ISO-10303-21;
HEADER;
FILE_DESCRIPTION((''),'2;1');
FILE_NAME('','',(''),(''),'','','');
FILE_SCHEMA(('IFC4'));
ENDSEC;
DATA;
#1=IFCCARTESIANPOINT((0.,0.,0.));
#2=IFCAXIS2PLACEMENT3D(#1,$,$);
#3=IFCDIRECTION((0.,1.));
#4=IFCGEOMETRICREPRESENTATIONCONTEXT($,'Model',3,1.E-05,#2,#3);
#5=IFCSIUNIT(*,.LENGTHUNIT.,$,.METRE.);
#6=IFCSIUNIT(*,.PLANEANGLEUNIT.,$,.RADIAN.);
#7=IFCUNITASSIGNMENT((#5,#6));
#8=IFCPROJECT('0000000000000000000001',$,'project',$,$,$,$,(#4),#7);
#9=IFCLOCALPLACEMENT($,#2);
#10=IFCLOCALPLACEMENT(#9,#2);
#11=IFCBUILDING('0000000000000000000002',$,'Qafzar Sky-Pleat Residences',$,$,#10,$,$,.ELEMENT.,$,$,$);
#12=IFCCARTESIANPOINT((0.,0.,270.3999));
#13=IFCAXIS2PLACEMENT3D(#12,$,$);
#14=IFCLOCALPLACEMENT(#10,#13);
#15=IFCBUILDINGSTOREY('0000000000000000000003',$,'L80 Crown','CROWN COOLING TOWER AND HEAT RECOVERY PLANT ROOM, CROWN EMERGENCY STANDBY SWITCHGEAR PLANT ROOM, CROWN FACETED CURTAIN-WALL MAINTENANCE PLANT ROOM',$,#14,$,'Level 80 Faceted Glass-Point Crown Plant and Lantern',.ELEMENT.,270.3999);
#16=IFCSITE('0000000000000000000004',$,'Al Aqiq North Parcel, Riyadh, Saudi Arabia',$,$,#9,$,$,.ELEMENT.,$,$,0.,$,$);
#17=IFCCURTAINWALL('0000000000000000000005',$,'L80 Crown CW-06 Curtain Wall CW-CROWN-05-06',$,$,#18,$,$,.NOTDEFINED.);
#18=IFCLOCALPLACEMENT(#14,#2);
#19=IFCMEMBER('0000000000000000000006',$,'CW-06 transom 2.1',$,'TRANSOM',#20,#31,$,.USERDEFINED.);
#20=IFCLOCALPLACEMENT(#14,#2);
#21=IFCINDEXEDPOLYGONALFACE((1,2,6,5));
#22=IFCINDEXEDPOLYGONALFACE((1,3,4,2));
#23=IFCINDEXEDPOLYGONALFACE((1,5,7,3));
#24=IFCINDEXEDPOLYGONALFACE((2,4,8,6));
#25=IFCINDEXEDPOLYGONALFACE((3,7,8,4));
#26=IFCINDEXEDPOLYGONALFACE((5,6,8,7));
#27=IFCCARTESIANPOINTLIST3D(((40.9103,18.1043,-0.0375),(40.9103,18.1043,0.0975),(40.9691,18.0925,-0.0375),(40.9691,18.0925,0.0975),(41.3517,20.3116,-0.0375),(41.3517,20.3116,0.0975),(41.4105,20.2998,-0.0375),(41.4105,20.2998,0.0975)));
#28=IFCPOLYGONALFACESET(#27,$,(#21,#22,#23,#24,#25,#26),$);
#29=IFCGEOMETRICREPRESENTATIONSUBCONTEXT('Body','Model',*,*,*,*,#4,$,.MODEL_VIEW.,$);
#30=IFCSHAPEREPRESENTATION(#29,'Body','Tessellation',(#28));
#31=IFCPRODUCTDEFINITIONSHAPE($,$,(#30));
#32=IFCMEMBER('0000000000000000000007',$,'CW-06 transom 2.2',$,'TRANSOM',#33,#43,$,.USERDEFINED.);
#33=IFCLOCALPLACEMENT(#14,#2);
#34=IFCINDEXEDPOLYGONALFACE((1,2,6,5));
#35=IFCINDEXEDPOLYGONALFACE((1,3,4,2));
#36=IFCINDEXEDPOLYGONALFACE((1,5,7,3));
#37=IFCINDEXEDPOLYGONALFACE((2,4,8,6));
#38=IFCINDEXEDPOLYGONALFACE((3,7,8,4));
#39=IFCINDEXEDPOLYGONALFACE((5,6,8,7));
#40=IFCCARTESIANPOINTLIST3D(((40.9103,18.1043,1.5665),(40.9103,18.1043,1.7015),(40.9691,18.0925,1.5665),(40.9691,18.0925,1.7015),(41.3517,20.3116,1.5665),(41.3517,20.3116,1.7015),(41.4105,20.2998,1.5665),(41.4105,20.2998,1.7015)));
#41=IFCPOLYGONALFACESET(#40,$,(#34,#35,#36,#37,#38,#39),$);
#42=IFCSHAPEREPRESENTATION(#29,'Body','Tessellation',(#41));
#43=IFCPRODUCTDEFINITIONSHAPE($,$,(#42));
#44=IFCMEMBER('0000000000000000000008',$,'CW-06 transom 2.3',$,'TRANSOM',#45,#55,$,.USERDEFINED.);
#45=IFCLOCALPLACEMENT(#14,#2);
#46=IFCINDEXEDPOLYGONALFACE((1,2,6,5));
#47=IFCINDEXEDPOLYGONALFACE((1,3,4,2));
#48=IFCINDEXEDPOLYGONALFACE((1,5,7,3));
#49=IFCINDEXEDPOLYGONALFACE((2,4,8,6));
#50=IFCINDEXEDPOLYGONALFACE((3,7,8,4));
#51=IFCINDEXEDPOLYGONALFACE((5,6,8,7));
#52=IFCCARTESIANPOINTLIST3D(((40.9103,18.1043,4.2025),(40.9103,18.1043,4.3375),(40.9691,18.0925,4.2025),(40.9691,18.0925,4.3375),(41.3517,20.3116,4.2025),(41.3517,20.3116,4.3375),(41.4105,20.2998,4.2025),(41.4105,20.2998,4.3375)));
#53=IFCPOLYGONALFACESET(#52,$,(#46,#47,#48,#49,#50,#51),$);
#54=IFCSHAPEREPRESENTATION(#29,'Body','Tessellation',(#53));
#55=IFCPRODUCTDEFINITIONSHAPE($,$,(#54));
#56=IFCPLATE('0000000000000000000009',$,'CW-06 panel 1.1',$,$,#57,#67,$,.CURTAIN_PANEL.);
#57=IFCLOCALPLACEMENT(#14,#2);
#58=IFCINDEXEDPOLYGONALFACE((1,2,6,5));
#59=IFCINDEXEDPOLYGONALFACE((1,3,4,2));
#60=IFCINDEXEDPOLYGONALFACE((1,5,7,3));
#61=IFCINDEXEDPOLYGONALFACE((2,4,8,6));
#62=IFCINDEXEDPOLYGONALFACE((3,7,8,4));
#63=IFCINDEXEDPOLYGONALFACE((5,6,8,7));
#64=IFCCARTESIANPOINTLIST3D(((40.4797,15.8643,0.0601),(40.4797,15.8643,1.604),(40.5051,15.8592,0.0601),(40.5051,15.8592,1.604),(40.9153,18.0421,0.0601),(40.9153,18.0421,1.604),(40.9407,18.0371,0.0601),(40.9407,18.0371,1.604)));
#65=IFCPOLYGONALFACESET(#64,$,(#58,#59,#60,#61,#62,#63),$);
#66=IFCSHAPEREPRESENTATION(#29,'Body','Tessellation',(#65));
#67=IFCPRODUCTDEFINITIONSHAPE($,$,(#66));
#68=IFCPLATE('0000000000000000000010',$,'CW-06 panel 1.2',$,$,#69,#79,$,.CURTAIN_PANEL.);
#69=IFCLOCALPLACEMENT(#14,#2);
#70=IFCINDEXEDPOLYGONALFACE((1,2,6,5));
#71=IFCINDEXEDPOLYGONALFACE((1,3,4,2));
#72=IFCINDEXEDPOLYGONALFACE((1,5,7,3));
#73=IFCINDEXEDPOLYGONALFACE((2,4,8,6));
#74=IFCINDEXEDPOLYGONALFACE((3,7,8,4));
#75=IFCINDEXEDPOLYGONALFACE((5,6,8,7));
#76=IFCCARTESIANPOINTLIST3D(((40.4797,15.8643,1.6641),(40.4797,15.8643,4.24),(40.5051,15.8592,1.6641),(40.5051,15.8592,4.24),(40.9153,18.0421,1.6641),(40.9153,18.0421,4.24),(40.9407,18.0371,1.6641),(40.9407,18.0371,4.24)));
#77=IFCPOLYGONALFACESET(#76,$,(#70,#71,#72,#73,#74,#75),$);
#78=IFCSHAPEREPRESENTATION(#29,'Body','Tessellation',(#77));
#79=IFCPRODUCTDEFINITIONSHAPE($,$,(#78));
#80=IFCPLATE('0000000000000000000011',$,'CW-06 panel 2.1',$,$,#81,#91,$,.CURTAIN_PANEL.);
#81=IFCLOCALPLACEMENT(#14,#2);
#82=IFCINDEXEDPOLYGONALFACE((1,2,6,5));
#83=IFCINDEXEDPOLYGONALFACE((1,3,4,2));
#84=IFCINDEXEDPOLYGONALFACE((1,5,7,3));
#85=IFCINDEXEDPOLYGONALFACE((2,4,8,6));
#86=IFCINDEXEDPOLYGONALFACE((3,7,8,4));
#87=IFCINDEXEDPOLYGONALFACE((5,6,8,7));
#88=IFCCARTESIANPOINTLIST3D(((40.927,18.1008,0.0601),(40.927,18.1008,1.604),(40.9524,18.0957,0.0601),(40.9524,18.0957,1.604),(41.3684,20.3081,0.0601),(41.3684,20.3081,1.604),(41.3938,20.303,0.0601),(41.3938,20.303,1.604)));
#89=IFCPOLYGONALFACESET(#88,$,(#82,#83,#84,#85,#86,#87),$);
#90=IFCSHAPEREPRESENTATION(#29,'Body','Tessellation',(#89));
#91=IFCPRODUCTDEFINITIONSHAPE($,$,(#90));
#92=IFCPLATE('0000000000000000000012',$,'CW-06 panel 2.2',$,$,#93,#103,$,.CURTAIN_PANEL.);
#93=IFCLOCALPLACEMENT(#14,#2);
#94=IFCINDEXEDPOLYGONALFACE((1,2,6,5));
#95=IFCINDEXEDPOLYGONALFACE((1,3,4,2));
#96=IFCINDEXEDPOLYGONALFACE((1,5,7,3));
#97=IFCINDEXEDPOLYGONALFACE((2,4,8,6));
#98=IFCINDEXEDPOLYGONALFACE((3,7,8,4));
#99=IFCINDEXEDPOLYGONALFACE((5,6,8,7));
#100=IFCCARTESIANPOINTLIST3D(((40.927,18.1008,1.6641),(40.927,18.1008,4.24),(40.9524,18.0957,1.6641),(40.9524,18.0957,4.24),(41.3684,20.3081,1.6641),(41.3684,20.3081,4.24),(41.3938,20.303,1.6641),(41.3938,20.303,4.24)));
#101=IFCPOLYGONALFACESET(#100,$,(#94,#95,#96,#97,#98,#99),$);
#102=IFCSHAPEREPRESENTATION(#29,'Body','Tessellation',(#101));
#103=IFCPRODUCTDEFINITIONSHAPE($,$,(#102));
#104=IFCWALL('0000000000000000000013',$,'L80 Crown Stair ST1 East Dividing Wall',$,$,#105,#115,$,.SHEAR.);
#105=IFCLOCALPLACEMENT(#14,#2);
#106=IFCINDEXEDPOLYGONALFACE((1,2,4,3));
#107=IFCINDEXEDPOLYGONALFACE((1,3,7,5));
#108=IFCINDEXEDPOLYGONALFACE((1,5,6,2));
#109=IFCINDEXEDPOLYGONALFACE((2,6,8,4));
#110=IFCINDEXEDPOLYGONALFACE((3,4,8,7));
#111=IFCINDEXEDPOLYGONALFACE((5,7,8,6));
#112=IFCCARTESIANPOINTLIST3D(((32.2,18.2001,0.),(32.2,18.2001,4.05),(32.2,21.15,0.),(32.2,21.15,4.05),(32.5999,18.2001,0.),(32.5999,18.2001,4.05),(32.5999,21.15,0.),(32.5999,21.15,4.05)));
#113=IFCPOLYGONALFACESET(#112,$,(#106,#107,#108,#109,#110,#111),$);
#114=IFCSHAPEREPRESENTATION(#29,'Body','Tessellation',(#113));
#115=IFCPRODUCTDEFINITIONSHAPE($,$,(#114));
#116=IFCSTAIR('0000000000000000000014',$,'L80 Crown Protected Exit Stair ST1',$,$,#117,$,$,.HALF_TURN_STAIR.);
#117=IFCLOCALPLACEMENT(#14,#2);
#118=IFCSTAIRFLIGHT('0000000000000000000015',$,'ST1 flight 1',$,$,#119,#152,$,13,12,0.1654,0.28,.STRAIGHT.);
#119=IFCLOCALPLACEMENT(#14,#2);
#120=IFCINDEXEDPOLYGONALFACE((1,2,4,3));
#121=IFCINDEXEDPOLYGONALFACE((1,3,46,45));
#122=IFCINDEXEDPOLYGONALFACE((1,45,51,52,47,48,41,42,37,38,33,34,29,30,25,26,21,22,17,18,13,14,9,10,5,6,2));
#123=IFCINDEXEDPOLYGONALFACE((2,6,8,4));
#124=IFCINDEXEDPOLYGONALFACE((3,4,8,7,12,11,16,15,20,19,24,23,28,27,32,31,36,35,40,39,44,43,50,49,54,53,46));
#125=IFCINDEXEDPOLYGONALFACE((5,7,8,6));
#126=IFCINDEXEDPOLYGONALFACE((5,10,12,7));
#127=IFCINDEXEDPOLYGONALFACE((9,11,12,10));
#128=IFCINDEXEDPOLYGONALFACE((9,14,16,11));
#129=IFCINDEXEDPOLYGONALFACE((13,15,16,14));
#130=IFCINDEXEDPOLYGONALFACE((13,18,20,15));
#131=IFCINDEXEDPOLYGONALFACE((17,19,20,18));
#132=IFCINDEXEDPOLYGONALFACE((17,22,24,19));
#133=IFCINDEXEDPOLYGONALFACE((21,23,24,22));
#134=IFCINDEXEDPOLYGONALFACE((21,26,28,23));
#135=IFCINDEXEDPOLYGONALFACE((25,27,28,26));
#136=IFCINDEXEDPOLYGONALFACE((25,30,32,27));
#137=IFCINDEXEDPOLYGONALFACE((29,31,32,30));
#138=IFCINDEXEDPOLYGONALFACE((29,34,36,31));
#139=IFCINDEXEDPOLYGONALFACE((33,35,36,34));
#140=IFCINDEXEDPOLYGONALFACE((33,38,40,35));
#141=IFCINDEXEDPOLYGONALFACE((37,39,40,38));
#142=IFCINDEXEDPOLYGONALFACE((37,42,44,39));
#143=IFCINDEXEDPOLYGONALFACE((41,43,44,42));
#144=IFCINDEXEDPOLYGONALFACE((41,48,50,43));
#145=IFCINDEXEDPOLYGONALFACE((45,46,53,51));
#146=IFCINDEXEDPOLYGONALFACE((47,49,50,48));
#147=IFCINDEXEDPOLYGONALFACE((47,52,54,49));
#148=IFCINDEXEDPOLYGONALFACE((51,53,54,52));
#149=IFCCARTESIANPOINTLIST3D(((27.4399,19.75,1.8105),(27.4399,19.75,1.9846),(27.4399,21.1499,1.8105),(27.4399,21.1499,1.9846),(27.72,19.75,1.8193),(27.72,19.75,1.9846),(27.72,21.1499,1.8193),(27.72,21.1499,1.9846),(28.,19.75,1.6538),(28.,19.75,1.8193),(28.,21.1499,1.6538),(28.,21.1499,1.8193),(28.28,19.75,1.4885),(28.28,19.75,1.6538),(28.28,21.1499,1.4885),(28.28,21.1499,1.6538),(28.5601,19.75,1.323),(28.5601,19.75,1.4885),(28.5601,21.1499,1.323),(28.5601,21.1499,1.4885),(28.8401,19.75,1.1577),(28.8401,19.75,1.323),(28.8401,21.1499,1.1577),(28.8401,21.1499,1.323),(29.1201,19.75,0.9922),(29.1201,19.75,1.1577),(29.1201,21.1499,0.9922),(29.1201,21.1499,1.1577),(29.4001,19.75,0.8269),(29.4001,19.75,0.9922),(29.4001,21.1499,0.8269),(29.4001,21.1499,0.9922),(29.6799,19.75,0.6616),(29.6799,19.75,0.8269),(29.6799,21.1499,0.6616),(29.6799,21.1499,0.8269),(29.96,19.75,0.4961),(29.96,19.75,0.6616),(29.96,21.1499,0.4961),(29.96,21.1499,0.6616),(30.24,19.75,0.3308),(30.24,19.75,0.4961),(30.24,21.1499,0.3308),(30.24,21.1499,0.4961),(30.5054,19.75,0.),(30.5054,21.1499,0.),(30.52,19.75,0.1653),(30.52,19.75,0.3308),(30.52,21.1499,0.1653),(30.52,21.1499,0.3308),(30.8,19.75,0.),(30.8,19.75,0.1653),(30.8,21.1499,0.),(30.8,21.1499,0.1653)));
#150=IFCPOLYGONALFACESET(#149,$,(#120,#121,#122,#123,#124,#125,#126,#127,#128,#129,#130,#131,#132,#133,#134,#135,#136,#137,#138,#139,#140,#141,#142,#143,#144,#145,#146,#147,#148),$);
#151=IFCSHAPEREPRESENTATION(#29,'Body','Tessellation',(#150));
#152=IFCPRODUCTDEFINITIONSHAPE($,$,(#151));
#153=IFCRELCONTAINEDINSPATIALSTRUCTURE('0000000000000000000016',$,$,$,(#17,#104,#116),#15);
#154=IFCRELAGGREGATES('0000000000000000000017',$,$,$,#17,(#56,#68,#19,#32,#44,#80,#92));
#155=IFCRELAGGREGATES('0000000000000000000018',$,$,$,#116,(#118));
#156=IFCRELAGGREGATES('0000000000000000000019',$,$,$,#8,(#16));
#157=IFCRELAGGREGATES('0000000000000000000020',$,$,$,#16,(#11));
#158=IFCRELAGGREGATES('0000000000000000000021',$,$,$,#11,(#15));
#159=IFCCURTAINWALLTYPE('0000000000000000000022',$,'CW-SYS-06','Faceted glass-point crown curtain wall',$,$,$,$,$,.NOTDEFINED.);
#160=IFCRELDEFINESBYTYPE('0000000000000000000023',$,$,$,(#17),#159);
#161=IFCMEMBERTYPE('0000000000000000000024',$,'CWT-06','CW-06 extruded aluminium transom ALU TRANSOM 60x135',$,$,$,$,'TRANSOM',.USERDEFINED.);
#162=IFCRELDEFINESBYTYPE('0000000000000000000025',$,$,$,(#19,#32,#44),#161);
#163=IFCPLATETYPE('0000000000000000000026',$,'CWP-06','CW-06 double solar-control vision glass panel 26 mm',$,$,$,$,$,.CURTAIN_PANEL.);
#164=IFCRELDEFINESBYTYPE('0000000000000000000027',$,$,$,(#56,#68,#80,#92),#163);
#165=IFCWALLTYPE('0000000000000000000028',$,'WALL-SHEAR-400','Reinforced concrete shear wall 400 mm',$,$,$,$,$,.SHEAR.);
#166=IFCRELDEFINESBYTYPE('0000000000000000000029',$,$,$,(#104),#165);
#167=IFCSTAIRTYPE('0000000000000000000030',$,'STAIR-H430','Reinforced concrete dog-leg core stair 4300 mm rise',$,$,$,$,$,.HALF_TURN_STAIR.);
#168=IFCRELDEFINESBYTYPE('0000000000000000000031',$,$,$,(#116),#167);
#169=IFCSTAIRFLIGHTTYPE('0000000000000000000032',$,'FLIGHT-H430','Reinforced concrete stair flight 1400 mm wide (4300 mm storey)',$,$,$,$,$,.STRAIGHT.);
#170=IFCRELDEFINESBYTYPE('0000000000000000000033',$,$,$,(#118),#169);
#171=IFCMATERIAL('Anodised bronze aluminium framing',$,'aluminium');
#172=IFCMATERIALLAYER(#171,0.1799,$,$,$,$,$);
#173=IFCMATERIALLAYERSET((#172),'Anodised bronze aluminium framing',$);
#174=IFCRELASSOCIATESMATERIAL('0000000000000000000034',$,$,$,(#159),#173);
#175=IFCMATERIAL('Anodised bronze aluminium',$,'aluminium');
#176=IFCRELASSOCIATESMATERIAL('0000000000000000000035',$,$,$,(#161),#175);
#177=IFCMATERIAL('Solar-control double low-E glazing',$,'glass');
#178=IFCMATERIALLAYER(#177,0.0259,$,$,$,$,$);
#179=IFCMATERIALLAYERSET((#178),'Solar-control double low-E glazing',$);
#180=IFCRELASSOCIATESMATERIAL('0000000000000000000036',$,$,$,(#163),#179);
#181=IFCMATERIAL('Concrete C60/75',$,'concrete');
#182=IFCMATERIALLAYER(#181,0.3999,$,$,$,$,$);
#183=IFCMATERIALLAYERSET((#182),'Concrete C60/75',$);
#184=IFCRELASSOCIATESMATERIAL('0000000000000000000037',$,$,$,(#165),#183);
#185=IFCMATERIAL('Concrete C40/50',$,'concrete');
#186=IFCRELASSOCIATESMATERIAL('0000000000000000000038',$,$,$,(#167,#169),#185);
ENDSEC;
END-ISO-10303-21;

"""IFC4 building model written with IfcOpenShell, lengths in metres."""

from ifc_helpers import new_model, si_unit, direction, frame, frame_2d, origin, origin_2d, place, context, subcontext, project, spatial, polyline, rectangle, outline, extrude, source, transform, mapped, material, layer, layer_set, material_profile, profile_set, type_object, element, aggregate, save


model = new_model("IFC4")

# Units and contexts
model_context = context("Model", 3, precision=1e-05, world=origin(), true_north=direction((0.0, 1.0)))
body_context = subcontext(model_context, "Body", "Model", "MODEL_VIEW")
ifc_project = project(units=[si_unit("LENGTHUNIT", "METRE"), si_unit("PLANEANGLEUNIT", "RADIAN")], contexts=[model_context])

# Site, building, storey
site_placement = place(None, origin())
site = spatial("IfcSite", under=ifc_project, at=site_placement, Name="Al Aqiq North Parcel, Riyadh, Saudi Arabia", CompositionType="ELEMENT", RefElevation=0.0)
building_placement = place(site_placement, origin())
building = spatial("IfcBuilding", under=site, at=building_placement, Name="Qafzar Sky-Pleat Residences", CompositionType="ELEMENT")
storey_placement = place(building_placement, frame((0.0, 0.0, 270.3999)))
storey = spatial("IfcBuildingStorey", under=building, at=storey_placement, Name="L80 Crown", Description="CROWN COOLING TOWER AND HEAT RECOVERY PLANT ROOM, CROWN EMERGENCY STANDBY SWITCHGEAR PLANT ROOM, CROWN FACETED CURTAIN-WALL MAINTENANCE PLANT ROOM", LongName="Level 80 Faceted Glass-Point Crown Plant and Lantern", CompositionType="ELEMENT", Elevation=270.3999)

# Curtain wall, members, plates
ifc_material_1 = material(Name="Anodised bronze aluminium framing", Category="aluminium")
ifc_layer_1 = layer(ifc_material_1, 0.1799)
ifc_layer_set_1 = layer_set([ifc_layer_1], Name="Anodised bronze aluminium framing")
curtain_wall_type = type_object("IfcCurtainWallType", Name="CW-SYS-06", Description="Faceted glass-point crown curtain wall", PredefinedType="NOTDEFINED", material=ifc_layer_set_1)
curtain_wall_placement = place(storey_placement, origin())
curtain_wall = element("IfcCurtainWall", 1, at=curtain_wall_placement, inside=storey, type_object=curtain_wall_type, Name="L80 Crown CW-06 Curtain Wall CW-CROWN-05-06", PredefinedType="NOTDEFINED")
ifc_material_2 = material(Name="Anodised bronze aluminium", Category="aluminium")
ifc_material_profile_1 = material_profile(ifc_material_2, rectangle(XDim=0.0601, YDim=0.135, at=origin_2d()), Name="ALU TRANSOM 60x135")
ifc_profile_set_1 = profile_set([ifc_material_profile_1], Name="Anodised bronze aluminium")
member_type_1 = type_object("IfcMemberType", Name="CWT-06", Description="CW-06 extruded aluminium transom ALU TRANSOM 60x135", ElementType="TRANSOM", PredefinedType="USERDEFINED", material=ifc_profile_set_1)
shared_shape_1 = source(origin(), body_context, "Body", "SweptSolid", [
    extrude(rectangle(XDim=0.0601, YDim=0.135, at=origin_2d()), origin(), (0.0, 0.0, 1.0), 2.251),
])
member_1_placement = place(storey_placement, frame((40.9397, 18.0984, 0.03), z_axis=(0.196095, 0.980585, 0.0), x_axis=(-0.980585, 0.196095, 0.0)))
member_1 = element("IfcMember", 2, at=member_1_placement, type_object=member_type_1, Name="CW-06 transom 2.1", ObjectType="TRANSOM", PredefinedType="USERDEFINED", context=body_context, shape_type="MappedRepresentation", body=[
    mapped(shared_shape_1, transform((0.0, 0.0, 0.0), x_axis=(1.0, 0.0, 0.0), y_axis=(0.0, 1.0, 0.0), z_axis=(0.0, 0.0, 1.0), scale=1.0)),
])
member_2_placement = place(storey_placement, frame((40.9397, 18.0984, 1.634), z_axis=(0.196095, 0.980585, 0.0), x_axis=(-0.980585, 0.196095, 0.0)))
member_2 = element("IfcMember", 3, at=member_2_placement, type_object=member_type_1, Name="CW-06 transom 2.2", ObjectType="TRANSOM", PredefinedType="USERDEFINED", context=body_context, shape_type="MappedRepresentation", body=[
    mapped(shared_shape_1, transform((0.0, 0.0, 0.0), x_axis=(1.0, 0.0, 0.0), y_axis=(0.0, 1.0, 0.0), z_axis=(0.0, 0.0, 1.0), scale=1.0)),
])
member_3_placement = place(storey_placement, frame((40.9397, 18.0984, 4.27), z_axis=(0.196095, 0.980585, 0.0), x_axis=(-0.980585, 0.196095, 0.0)))
member_3 = element("IfcMember", 4, at=member_3_placement, type_object=member_type_1, Name="CW-06 transom 2.3", ObjectType="TRANSOM", PredefinedType="USERDEFINED", context=body_context, shape_type="MappedRepresentation", body=[
    mapped(shared_shape_1, transform((0.0, 0.0, 0.0), x_axis=(1.0, 0.0, 0.0), y_axis=(0.0, 1.0, 0.0), z_axis=(0.0, 0.0, 1.0), scale=1.0)),
])
ifc_material_3 = material(Name="Solar-control double low-E glazing", Category="glass")
ifc_layer_2 = layer(ifc_material_3, 0.0259)
ifc_layer_set_2 = layer_set([ifc_layer_2], Name="Solar-control double low-E glazing")
plate_type = type_object("IfcPlateType", Name="CWP-06", Description="CW-06 double solar-control vision glass panel 26 mm", PredefinedType="CURTAIN_PANEL", material=ifc_layer_set_2)
shared_shape_2 = source(origin(), body_context, "Body", "SweptSolid", [
    extrude(rectangle(XDim=2.2209, YDim=0.0259, at=origin_2d()), origin(), (0.0, 0.0, 1.0), 1.5439),
])
plate_1_placement = place(storey_placement, frame((40.7102, 16.9507, 0.0601), z_axis=(0.0, 0.0, 1.0), x_axis=(0.196116, 0.980581, 0.0)))
plate_1 = element("IfcPlate", 5, at=plate_1_placement, type_object=plate_type, Name="CW-06 panel 1.1", PredefinedType="CURTAIN_PANEL", context=body_context, shape_type="MappedRepresentation", body=[
    mapped(shared_shape_2, transform((0.0, 0.0, 0.0), x_axis=(1.0, 0.0, 0.0), y_axis=(0.0, 1.0, 0.0), z_axis=(0.0, 0.0, 1.0), scale=1.0)),
])
shared_shape_3 = source(origin(), body_context, "Body", "SweptSolid", [
    extrude(rectangle(XDim=2.2209, YDim=0.0259, at=origin_2d()), origin(), (0.0, 0.0, 1.0), 2.5759),
])
plate_2_placement = place(storey_placement, frame((40.7102, 16.9507, 1.6641), z_axis=(0.0, 0.0, 1.0), x_axis=(0.196116, 0.980581, 0.0)))
plate_2 = element("IfcPlate", 6, at=plate_2_placement, type_object=plate_type, Name="CW-06 panel 1.2", PredefinedType="CURTAIN_PANEL", context=body_context, shape_type="MappedRepresentation", body=[
    mapped(shared_shape_3, transform((0.0, 0.0, 0.0), x_axis=(1.0, 0.0, 0.0), y_axis=(0.0, 1.0, 0.0), z_axis=(0.0, 0.0, 1.0), scale=1.0)),
])
shared_shape_4 = source(origin(), body_context, "Body", "SweptSolid", [
    extrude(rectangle(XDim=2.251, YDim=0.0259, at=origin_2d()), origin(), (0.0, 0.0, 1.0), 1.5439),
])
plate_3_placement = place(storey_placement, frame((41.1604, 19.2019, 0.0601), z_axis=(0.0, 0.0, 1.0), x_axis=(0.196116, 0.980581, 0.0)))
plate_3 = element("IfcPlate", 7, at=plate_3_placement, type_object=plate_type, Name="CW-06 panel 2.1", PredefinedType="CURTAIN_PANEL", context=body_context, shape_type="MappedRepresentation", body=[
    mapped(shared_shape_4, transform((0.0, 0.0, 0.0), x_axis=(1.0, 0.0, 0.0), y_axis=(0.0, 1.0, 0.0), z_axis=(0.0, 0.0, 1.0), scale=1.0)),
])
shared_shape_5 = source(origin(), body_context, "Body", "SweptSolid", [
    extrude(rectangle(XDim=2.251, YDim=0.0259, at=origin_2d()), origin(), (0.0, 0.0, 1.0), 2.5759),
])
plate_4_placement = place(storey_placement, frame((41.1604, 19.2019, 1.6641), z_axis=(0.0, 0.0, 1.0), x_axis=(0.196116, 0.980581, 0.0)))
plate_4 = element("IfcPlate", 8, at=plate_4_placement, type_object=plate_type, Name="CW-06 panel 2.2", PredefinedType="CURTAIN_PANEL", context=body_context, shape_type="MappedRepresentation", body=[
    mapped(shared_shape_5, transform((0.0, 0.0, 0.0), x_axis=(1.0, 0.0, 0.0), y_axis=(0.0, 1.0, 0.0), z_axis=(0.0, 0.0, 1.0), scale=1.0)),
])
aggregate(curtain_wall, [plate_1, plate_2, member_1, member_2, member_3, plate_3, plate_4])

# Wall
ifc_material_4 = material(Name="Concrete C60/75", Category="concrete")
ifc_layer_3 = layer(ifc_material_4, 0.3999)
ifc_layer_set_3 = layer_set([ifc_layer_3], Name="Concrete C60/75")
wall_type_1 = type_object("IfcWallType", Name="WALL-SHEAR-400", Description="Reinforced concrete shear wall 400 mm", PredefinedType="SHEAR", material=ifc_layer_set_3)
wall_1_placement = place(storey_placement, frame((32.3999, 18.2, 0.0), z_axis=(0.0, 0.0, 1.0), x_axis=(0.0, 1.0, 0.0)))
element("IfcWall", 9, at=wall_1_placement, inside=storey, type_object=wall_type_1, Name="L80 Crown Stair ST1 East Dividing Wall", PredefinedType="SHEAR", context=body_context, shape_type="SweptSolid", body=[
    extrude(rectangle(XDim=2.95, YDim=0.3999, at=frame_2d((1.4751, 0.0))), origin(), (0.0, 0.0, 1.0), 4.05),
])

# Stair, stair flight
ifc_material_5 = material(Name="Concrete C40/50", Category="concrete")
stair_type = type_object("IfcStairType", Name="STAIR-H430", Description="Reinforced concrete dog-leg core stair 4300 mm rise", PredefinedType="HALF_TURN_STAIR", material=ifc_material_5)
stair_placement = place(storey_placement, origin())
stair = element("IfcStair", 10, at=stair_placement, inside=storey, type_object=stair_type, Name="L80 Crown Protected Exit Stair ST1", PredefinedType="HALF_TURN_STAIR")
stair_flight_type = type_object("IfcStairFlightType", Name="FLIGHT-H430", Description="Reinforced concrete stair flight 1400 mm wide (4300 mm storey)", PredefinedType="STRAIGHT", material=ifc_material_5)
shared_shape_6 = source(origin(), body_context, "Body", "SweptSolid", [
    extrude(outline(polyline([(0.0, 0.0), (0.0, 0.1653), (0.28, 0.1653), (0.28, 0.3308), (0.5601, 0.3308), (0.5601, 0.4961), (0.8401, 0.4961), (0.8401, 0.6616), (1.1201, 0.6616), (1.1201, 0.8269), (1.3999, 0.8269), (1.3999, 0.9922), (1.6799, 0.9922), (1.6799, 1.1577), (1.96, 1.1577), (1.96, 1.323), (2.24, 1.323), (2.24, 1.4885), (2.52, 1.4885), (2.52, 1.6538), (2.8, 1.6538), (2.8, 1.8193), (3.0801, 1.8193), (3.0801, 1.9846), (3.3601, 1.9846), (3.3601, 2.1499), (3.3601, 1.8105), (0.2947, 0.0), (0.0, 0.0)])), frame((0.0, 0.7, 0.0), z_axis=(0.0, -1.0, 0.0), x_axis=(1.0, 0.0, 0.0)), (0.0, 0.0, 1.0), 1.3999),
])
stair_flight_placement = place(storey_placement, frame((30.8, 20.45, 0.0), z_axis=(0.0, 0.0, 1.0), x_axis=(-1.0, 0.0, 0.0)))
stair_flight = element("IfcStairFlight", 11, at=stair_flight_placement, type_object=stair_flight_type, Name="ST1 flight 1", NumberOfRisers=13, NumberOfTreads=12, PredefinedType="STRAIGHT", RiserHeight=0.1654, TreadLength=0.28, context=body_context, shape_type="MappedRepresentation", body=[
    mapped(shared_shape_6, transform((0.0, 0.0, 0.0), x_axis=(1.0, 0.0, 0.0), y_axis=(0.0, 1.0, 0.0), z_axis=(0.0, 0.0, 1.0), scale=1.0)),
])
aggregate(stair, [stair_flight])

save(model, "model.ifc")
